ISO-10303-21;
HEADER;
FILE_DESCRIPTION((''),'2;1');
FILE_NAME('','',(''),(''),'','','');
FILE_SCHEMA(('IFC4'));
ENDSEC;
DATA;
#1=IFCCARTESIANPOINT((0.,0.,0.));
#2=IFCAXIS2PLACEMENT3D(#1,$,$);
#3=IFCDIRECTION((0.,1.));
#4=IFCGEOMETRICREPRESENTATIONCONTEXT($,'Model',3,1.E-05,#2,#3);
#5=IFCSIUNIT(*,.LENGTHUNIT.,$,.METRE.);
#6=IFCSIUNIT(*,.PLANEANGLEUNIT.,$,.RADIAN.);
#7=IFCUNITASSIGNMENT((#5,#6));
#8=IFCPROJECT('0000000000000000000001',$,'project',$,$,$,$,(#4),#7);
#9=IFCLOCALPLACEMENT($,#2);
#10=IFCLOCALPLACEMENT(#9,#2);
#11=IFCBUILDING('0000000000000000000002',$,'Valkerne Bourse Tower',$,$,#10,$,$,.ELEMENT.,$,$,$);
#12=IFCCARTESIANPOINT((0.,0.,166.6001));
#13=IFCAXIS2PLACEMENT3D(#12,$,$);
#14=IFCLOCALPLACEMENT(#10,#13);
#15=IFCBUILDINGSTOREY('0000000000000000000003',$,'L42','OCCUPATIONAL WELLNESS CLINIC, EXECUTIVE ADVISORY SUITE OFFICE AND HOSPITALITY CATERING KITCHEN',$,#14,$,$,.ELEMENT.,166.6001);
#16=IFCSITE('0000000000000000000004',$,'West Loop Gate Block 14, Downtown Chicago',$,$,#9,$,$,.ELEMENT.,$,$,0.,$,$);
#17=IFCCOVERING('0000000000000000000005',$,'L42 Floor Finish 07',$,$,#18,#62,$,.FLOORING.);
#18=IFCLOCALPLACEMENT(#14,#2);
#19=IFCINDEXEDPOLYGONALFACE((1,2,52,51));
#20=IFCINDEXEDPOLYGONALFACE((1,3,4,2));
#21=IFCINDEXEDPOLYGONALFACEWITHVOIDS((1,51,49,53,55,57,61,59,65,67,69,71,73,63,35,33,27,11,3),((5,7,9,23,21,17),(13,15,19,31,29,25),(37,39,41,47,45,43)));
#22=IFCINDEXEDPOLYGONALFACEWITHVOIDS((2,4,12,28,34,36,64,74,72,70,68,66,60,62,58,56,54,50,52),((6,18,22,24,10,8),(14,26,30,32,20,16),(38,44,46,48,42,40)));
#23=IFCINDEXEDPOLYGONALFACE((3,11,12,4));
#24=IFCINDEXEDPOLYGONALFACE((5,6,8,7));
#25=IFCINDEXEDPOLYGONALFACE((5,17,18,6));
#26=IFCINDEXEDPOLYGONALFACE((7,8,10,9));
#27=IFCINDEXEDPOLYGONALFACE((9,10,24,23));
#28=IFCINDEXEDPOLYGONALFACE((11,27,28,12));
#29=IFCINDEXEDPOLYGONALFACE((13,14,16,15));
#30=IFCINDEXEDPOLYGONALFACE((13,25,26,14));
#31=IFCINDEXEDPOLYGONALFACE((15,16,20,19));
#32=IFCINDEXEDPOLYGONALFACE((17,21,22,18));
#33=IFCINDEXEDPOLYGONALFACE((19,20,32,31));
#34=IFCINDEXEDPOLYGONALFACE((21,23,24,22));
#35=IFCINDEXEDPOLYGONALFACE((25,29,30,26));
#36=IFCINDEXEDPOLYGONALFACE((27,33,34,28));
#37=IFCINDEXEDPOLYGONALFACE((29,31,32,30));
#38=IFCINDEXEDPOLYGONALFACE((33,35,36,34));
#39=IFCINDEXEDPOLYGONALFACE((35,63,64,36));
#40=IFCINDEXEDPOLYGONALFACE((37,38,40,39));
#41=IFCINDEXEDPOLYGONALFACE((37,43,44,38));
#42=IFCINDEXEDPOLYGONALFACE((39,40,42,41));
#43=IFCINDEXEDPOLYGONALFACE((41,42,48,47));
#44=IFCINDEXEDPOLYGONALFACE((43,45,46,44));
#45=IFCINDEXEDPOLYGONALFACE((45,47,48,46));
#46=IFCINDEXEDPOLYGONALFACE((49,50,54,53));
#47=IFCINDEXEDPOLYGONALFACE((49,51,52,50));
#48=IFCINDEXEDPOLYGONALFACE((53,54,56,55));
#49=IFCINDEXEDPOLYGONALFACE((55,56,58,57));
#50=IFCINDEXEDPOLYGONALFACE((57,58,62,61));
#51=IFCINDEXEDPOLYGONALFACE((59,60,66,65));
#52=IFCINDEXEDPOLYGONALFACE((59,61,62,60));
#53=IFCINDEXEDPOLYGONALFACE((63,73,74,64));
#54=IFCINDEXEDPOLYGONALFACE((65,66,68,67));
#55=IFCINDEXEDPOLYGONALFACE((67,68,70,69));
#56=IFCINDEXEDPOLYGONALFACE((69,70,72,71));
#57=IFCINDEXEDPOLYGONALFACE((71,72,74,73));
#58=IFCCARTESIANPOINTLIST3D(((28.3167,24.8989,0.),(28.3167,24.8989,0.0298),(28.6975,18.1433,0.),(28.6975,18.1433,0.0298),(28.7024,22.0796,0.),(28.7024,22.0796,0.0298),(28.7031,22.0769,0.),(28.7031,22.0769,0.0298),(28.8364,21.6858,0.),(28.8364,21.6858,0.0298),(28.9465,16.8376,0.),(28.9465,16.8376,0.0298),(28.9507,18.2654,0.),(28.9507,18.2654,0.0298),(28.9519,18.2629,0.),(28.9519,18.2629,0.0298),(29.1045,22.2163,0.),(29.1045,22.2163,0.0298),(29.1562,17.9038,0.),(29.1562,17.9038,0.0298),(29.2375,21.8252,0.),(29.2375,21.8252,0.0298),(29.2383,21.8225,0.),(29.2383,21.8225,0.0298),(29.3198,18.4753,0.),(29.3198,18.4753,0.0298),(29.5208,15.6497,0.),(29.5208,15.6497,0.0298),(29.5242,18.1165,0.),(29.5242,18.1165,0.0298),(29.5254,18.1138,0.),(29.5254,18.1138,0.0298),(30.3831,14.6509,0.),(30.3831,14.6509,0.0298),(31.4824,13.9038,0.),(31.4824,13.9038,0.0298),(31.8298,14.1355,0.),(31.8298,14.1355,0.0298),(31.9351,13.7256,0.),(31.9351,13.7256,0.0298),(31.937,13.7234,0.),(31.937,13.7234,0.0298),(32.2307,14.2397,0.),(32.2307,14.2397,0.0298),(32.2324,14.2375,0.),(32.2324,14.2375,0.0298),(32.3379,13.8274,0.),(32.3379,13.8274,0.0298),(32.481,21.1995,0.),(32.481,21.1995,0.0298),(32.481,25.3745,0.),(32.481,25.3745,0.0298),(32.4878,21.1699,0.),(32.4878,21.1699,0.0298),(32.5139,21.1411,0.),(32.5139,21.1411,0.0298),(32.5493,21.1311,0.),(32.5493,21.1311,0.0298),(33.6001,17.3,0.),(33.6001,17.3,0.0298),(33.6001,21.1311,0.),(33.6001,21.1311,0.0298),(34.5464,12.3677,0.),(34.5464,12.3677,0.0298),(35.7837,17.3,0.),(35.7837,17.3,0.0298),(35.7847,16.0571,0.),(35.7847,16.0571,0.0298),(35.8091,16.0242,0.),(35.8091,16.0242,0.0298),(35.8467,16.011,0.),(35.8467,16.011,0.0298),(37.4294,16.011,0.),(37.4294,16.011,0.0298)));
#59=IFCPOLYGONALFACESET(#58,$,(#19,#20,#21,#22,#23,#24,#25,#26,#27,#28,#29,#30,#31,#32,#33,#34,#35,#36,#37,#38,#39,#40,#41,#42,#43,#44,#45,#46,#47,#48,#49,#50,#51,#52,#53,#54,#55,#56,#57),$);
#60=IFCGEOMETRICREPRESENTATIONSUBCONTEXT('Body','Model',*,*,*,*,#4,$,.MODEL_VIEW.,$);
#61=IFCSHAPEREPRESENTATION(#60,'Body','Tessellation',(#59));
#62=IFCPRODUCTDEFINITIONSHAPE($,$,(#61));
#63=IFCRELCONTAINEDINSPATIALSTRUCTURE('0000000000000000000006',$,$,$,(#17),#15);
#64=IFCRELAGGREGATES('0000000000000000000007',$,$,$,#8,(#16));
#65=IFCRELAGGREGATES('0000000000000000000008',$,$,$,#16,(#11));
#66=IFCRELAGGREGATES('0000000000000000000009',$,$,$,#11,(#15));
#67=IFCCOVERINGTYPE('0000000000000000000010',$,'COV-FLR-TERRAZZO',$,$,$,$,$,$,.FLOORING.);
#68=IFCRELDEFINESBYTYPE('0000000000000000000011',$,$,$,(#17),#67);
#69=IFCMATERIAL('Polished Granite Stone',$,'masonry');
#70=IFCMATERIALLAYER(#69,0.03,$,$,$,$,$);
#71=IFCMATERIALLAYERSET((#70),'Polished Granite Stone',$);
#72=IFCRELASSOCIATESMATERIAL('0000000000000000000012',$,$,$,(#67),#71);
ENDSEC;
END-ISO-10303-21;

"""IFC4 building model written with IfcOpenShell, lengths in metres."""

from ifc_helpers import new_model, si_unit, direction, frame, origin, place, context, subcontext, project, spatial, polyline, outline, extrude, material, layer, layer_set, type_object, element, save


model = new_model("IFC4")

# Units and contexts
model_context = context("Model", 3, precision=1e-05, world=origin(), true_north=direction((0.0, 1.0)))
body_context = subcontext(model_context, "Body", "Model", "MODEL_VIEW")
ifc_project = project(units=[si_unit("LENGTHUNIT", "METRE"), si_unit("PLANEANGLEUNIT", "RADIAN")], contexts=[model_context])

# Site, building, storey
site_placement = place(None, origin())
site = spatial("IfcSite", under=ifc_project, at=site_placement, Name="West Loop Gate Block 14, Downtown Chicago", CompositionType="ELEMENT", RefElevation=0.0)
building_placement = place(site_placement, origin())
building = spatial("IfcBuilding", under=site, at=building_placement, Name="Valkerne Bourse Tower", CompositionType="ELEMENT")
storey_placement = place(building_placement, frame((0.0, 0.0, 166.6001)))
storey = spatial("IfcBuildingStorey", under=building, at=storey_placement, Name="L42", Description="OCCUPATIONAL WELLNESS CLINIC, EXECUTIVE ADVISORY SUITE OFFICE AND HOSPITALITY CATERING KITCHEN", CompositionType="ELEMENT", Elevation=166.6001)

# Covering
ifc_material_1 = material(Name="Polished Granite Stone", Category="masonry")
ifc_layer_1 = layer(ifc_material_1, 0.03)
ifc_layer_set_1 = layer_set([ifc_layer_1], Name="Polished Granite Stone")
covering_type_1 = type_object("IfcCoveringType", Name="COV-FLR-TERRAZZO", PredefinedType="FLOORING", material=ifc_layer_set_1)
covering_1_placement = place(storey_placement, origin())
element("IfcCovering", 1, at=covering_1_placement, inside=storey, type_object=covering_type_1, Name="L42 Floor Finish 07", PredefinedType="FLOORING", context=body_context, shape_type="SweptSolid", body=[
    extrude(outline(polyline([(29.5208, 15.6497), (28.9465, 16.8376), (28.6975, 18.1433), (28.3167, 24.8989), (32.481, 25.3745), (32.481, 21.1995), (32.4878, 21.1699), (32.5139, 21.1411), (32.5493, 21.1311), (33.6001, 21.1311), (33.6001, 17.3), (35.7837, 17.3), (35.7847, 16.0571), (35.8091, 16.0242), (35.8467, 16.011), (37.4294, 16.011), (34.5464, 12.3677), (31.4824, 13.9038), (30.3831, 14.6509), (29.5208, 15.6497)]), holes=[polyline([(32.2324, 14.2375), (32.2307, 14.2397), (31.8298, 14.1355), (31.9351, 13.7256), (31.937, 13.7234), (32.3379, 13.8274), (32.2324, 14.2375)]), polyline([(29.5254, 18.1138), (29.5242, 18.1165), (29.3198, 18.4753), (28.9507, 18.2654), (28.9519, 18.2629), (29.1562, 17.9038), (29.5254, 18.1138)]), polyline([(29.2383, 21.8225), (29.2375, 21.8252), (29.1045, 22.2163), (28.7024, 22.0796), (28.7031, 22.0769), (28.8364, 21.6858), (29.2383, 21.8225)])]), origin(), (0.0, 0.0, 1.0), 0.0298),
])

save(model, "model.ifc")
